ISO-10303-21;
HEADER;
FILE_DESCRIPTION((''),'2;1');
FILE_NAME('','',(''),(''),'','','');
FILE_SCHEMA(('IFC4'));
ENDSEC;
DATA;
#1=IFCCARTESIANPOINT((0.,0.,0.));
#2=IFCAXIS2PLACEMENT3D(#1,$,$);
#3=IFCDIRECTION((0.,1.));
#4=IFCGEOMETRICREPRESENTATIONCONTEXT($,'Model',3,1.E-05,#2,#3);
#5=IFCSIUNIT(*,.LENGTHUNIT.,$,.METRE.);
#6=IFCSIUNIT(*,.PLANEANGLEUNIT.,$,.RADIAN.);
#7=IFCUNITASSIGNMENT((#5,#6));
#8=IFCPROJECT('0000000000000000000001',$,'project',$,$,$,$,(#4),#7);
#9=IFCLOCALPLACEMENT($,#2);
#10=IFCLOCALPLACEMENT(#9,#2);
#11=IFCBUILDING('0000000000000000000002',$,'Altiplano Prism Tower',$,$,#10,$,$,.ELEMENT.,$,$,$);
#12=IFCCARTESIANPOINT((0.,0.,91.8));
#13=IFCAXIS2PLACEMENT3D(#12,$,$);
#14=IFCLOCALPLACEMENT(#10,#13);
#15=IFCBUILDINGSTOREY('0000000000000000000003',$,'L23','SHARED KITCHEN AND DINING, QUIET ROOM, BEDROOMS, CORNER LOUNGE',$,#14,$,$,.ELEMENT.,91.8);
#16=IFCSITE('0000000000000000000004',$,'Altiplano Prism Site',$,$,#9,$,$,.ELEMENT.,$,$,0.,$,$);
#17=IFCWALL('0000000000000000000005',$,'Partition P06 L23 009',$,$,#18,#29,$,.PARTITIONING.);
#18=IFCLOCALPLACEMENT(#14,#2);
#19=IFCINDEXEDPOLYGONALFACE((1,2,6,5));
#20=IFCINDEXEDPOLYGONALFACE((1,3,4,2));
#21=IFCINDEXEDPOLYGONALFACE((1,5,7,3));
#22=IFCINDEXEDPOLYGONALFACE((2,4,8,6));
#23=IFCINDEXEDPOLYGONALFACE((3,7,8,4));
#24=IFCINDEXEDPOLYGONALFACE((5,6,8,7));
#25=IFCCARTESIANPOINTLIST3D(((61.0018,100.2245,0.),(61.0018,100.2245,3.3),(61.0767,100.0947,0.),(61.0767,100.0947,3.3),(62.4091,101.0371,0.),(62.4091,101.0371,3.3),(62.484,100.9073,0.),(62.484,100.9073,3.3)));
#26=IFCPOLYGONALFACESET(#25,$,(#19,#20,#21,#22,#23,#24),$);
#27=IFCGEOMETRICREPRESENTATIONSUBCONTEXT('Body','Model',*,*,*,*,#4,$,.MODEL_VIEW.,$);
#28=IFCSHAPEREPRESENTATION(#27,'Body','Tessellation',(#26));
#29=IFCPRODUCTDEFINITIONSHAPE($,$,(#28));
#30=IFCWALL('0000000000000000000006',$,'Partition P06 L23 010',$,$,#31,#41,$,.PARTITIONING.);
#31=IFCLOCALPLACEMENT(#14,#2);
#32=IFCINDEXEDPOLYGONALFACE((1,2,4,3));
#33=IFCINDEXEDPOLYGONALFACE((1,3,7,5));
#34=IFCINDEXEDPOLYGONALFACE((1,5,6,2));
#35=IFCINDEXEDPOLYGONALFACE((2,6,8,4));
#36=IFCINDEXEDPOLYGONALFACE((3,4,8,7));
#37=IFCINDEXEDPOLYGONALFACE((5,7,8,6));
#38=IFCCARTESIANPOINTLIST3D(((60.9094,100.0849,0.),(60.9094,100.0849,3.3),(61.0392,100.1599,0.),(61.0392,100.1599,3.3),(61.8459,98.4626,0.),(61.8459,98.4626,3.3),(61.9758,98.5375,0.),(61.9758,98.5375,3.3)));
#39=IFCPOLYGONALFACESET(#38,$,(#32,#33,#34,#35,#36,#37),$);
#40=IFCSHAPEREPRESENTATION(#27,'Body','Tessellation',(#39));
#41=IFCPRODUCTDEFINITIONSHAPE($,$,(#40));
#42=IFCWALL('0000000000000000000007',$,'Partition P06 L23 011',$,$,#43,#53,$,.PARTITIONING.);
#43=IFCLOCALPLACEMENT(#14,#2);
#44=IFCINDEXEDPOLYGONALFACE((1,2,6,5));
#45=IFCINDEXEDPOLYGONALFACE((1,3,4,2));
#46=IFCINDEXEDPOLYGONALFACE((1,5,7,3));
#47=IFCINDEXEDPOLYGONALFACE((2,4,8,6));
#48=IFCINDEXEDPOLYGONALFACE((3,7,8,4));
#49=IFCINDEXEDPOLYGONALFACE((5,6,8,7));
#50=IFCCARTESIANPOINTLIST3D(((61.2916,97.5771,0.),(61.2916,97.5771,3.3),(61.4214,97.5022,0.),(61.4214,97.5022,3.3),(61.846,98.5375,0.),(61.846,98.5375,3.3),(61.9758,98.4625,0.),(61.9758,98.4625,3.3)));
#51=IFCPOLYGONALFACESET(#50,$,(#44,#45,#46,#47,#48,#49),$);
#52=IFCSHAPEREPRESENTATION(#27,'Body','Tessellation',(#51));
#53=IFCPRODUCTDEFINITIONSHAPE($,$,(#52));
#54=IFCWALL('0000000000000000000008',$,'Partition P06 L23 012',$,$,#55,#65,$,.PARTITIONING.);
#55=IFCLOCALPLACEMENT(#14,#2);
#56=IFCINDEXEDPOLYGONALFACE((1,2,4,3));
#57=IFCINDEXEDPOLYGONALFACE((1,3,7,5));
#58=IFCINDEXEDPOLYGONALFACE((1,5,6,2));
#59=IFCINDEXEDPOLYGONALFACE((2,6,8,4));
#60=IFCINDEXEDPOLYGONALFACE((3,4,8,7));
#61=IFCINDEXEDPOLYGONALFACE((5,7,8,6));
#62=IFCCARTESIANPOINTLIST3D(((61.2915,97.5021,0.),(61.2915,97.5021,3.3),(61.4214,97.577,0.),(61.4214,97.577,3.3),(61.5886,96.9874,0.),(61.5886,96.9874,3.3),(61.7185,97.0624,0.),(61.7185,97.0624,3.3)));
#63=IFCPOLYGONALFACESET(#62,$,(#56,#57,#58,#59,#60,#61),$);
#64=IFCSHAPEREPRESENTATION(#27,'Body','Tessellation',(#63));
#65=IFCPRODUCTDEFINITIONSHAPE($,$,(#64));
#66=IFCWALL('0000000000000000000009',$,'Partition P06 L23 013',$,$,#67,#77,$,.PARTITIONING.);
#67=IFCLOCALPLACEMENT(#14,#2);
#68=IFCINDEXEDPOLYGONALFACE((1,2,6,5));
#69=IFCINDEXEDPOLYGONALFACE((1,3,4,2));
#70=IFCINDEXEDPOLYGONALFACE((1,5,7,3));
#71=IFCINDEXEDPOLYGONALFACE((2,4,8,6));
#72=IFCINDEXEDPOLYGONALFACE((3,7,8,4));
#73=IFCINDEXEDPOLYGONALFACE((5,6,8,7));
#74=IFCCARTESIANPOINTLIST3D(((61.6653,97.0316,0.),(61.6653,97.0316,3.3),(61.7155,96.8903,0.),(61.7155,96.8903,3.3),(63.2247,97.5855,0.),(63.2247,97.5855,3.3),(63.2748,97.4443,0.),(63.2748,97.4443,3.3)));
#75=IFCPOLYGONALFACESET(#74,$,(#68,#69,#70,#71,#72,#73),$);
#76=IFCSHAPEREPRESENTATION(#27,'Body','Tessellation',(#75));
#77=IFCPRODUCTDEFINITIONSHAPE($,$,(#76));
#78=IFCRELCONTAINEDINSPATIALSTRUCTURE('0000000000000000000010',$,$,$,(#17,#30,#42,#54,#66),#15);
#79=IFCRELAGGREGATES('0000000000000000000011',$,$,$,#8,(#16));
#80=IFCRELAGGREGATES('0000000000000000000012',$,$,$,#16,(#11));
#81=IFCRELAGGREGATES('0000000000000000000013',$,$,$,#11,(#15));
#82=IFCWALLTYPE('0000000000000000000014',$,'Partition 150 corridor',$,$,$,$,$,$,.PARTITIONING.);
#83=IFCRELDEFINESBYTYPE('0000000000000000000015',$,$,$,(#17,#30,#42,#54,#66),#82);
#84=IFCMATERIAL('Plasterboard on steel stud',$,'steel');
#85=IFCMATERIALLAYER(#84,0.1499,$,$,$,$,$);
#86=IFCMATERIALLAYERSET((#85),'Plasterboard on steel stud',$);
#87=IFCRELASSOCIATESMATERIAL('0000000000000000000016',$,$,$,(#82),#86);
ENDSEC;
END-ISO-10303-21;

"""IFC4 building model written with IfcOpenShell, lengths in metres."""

from ifc_helpers import new_model, si_unit, direction, frame, frame_2d, origin, place, context, subcontext, project, spatial, rectangle, extrude, material, layer, layer_set, type_object, element, save


model = new_model("IFC4")

# Units and contexts
model_context = context("Model", 3, precision=1e-05, world=origin(), true_north=direction((0.0, 1.0)))
body_context = subcontext(model_context, "Body", "Model", "MODEL_VIEW")
ifc_project = project(units=[si_unit("LENGTHUNIT", "METRE"), si_unit("PLANEANGLEUNIT", "RADIAN")], contexts=[model_context])

# Site, building, storey
site_placement = place(None, origin())
site = spatial("IfcSite", under=ifc_project, at=site_placement, Name="Altiplano Prism Site", CompositionType="ELEMENT", RefElevation=0.0)
building_placement = place(site_placement, origin())
building = spatial("IfcBuilding", under=site, at=building_placement, Name="Altiplano Prism Tower", CompositionType="ELEMENT")
storey_placement = place(building_placement, frame((0.0, 0.0, 91.8)))
storey = spatial("IfcBuildingStorey", under=building, at=storey_placement, Name="L23", Description="SHARED KITCHEN AND DINING, QUIET ROOM, BEDROOMS, CORNER LOUNGE", CompositionType="ELEMENT", Elevation=91.8)

# Shared definitions
ifc_material_1 = material(Name="Plasterboard on steel stud", Category="steel")
ifc_layer_1 = layer(ifc_material_1, 0.1499)
ifc_layer_set_1 = layer_set([ifc_layer_1], Name="Plasterboard on steel stud")
wall_type_1 = type_object("IfcWallType", Name="Partition 150 corridor", PredefinedType="PARTITIONING", material=ifc_layer_set_1)

# Walls
wall_1_placement = place(storey_placement, frame((62.4465, 100.9722, 0.0), z_axis=(0.0, 0.0, 1.0), x_axis=(-0.866015, -0.500017, 0.0)))
element("IfcWall", 1, at=wall_1_placement, inside=storey, type_object=wall_type_1, Name="Partition P06 L23 009", PredefinedType="PARTITIONING", context=body_context, shape_type="SweptSolid", body=[
    extrude(rectangle(XDim=1.625, YDim=0.1499, at=frame_2d((0.8125, 0.0))), origin(), (0.0, 0.0, 1.0), 3.3),
])
wall_2_placement = place(storey_placement, frame((60.9744, 100.1223, 0.0), z_axis=(0.0, 0.0, 1.0), x_axis=(0.499952, -0.866053, 0.0)))
element("IfcWall", 2, at=wall_2_placement, inside=storey, type_object=wall_type_1, Name="Partition P06 L23 010", PredefinedType="PARTITIONING", context=body_context, shape_type="SweptSolid", body=[
    extrude(rectangle(XDim=1.8733, YDim=0.1499, at=frame_2d((0.9365, 0.0))), origin(), (0.0, 0.0, 1.0), 3.3),
])
wall_3_placement = place(storey_placement, frame((61.9109, 98.5, 0.0), z_axis=(0.0, 0.0, 1.0), x_axis=(-0.499951, -0.866054, 0.0)))
element("IfcWall", 3, at=wall_3_placement, inside=storey, type_object=wall_type_1, Name="Partition P06 L23 011", PredefinedType="PARTITIONING", context=body_context, shape_type="SweptSolid", body=[
    extrude(rectangle(XDim=1.1089, YDim=0.1499, at=frame_2d((0.5544, 0.0))), origin(), (0.0, 0.0, 1.0), 3.3),
])
wall_4_placement = place(storey_placement, frame((61.3564, 97.5396, 0.0), z_axis=(0.0, 0.0, 1.0), x_axis=(0.499983, -0.866035, 0.0)))
element("IfcWall", 4, at=wall_4_placement, inside=storey, type_object=wall_type_1, Name="Partition P06 L23 012", PredefinedType="PARTITIONING", context=body_context, shape_type="SweptSolid", body=[
    extrude(rectangle(XDim=0.5942, YDim=0.1499, at=frame_2d((0.2971, 0.0))), origin(), (0.0, 0.0, 1.0), 3.3),
])
wall_5_placement = place(storey_placement, frame((61.6904, 96.9609, 0.0), z_axis=(0.0, 0.0, 1.0), x_axis=(0.942305, 0.334756, 0.0)))
element("IfcWall", 5, at=wall_5_placement, inside=storey, type_object=wall_type_1, Name="Partition P06 L23 013", PredefinedType="PARTITIONING", context=body_context, shape_type="SweptSolid", body=[
    extrude(rectangle(XDim=1.6548, YDim=0.1499, at=frame_2d((0.8274, 0.0))), origin(), (0.0, 0.0, 1.0), 3.3),
])

save(model, "model.ifc")
